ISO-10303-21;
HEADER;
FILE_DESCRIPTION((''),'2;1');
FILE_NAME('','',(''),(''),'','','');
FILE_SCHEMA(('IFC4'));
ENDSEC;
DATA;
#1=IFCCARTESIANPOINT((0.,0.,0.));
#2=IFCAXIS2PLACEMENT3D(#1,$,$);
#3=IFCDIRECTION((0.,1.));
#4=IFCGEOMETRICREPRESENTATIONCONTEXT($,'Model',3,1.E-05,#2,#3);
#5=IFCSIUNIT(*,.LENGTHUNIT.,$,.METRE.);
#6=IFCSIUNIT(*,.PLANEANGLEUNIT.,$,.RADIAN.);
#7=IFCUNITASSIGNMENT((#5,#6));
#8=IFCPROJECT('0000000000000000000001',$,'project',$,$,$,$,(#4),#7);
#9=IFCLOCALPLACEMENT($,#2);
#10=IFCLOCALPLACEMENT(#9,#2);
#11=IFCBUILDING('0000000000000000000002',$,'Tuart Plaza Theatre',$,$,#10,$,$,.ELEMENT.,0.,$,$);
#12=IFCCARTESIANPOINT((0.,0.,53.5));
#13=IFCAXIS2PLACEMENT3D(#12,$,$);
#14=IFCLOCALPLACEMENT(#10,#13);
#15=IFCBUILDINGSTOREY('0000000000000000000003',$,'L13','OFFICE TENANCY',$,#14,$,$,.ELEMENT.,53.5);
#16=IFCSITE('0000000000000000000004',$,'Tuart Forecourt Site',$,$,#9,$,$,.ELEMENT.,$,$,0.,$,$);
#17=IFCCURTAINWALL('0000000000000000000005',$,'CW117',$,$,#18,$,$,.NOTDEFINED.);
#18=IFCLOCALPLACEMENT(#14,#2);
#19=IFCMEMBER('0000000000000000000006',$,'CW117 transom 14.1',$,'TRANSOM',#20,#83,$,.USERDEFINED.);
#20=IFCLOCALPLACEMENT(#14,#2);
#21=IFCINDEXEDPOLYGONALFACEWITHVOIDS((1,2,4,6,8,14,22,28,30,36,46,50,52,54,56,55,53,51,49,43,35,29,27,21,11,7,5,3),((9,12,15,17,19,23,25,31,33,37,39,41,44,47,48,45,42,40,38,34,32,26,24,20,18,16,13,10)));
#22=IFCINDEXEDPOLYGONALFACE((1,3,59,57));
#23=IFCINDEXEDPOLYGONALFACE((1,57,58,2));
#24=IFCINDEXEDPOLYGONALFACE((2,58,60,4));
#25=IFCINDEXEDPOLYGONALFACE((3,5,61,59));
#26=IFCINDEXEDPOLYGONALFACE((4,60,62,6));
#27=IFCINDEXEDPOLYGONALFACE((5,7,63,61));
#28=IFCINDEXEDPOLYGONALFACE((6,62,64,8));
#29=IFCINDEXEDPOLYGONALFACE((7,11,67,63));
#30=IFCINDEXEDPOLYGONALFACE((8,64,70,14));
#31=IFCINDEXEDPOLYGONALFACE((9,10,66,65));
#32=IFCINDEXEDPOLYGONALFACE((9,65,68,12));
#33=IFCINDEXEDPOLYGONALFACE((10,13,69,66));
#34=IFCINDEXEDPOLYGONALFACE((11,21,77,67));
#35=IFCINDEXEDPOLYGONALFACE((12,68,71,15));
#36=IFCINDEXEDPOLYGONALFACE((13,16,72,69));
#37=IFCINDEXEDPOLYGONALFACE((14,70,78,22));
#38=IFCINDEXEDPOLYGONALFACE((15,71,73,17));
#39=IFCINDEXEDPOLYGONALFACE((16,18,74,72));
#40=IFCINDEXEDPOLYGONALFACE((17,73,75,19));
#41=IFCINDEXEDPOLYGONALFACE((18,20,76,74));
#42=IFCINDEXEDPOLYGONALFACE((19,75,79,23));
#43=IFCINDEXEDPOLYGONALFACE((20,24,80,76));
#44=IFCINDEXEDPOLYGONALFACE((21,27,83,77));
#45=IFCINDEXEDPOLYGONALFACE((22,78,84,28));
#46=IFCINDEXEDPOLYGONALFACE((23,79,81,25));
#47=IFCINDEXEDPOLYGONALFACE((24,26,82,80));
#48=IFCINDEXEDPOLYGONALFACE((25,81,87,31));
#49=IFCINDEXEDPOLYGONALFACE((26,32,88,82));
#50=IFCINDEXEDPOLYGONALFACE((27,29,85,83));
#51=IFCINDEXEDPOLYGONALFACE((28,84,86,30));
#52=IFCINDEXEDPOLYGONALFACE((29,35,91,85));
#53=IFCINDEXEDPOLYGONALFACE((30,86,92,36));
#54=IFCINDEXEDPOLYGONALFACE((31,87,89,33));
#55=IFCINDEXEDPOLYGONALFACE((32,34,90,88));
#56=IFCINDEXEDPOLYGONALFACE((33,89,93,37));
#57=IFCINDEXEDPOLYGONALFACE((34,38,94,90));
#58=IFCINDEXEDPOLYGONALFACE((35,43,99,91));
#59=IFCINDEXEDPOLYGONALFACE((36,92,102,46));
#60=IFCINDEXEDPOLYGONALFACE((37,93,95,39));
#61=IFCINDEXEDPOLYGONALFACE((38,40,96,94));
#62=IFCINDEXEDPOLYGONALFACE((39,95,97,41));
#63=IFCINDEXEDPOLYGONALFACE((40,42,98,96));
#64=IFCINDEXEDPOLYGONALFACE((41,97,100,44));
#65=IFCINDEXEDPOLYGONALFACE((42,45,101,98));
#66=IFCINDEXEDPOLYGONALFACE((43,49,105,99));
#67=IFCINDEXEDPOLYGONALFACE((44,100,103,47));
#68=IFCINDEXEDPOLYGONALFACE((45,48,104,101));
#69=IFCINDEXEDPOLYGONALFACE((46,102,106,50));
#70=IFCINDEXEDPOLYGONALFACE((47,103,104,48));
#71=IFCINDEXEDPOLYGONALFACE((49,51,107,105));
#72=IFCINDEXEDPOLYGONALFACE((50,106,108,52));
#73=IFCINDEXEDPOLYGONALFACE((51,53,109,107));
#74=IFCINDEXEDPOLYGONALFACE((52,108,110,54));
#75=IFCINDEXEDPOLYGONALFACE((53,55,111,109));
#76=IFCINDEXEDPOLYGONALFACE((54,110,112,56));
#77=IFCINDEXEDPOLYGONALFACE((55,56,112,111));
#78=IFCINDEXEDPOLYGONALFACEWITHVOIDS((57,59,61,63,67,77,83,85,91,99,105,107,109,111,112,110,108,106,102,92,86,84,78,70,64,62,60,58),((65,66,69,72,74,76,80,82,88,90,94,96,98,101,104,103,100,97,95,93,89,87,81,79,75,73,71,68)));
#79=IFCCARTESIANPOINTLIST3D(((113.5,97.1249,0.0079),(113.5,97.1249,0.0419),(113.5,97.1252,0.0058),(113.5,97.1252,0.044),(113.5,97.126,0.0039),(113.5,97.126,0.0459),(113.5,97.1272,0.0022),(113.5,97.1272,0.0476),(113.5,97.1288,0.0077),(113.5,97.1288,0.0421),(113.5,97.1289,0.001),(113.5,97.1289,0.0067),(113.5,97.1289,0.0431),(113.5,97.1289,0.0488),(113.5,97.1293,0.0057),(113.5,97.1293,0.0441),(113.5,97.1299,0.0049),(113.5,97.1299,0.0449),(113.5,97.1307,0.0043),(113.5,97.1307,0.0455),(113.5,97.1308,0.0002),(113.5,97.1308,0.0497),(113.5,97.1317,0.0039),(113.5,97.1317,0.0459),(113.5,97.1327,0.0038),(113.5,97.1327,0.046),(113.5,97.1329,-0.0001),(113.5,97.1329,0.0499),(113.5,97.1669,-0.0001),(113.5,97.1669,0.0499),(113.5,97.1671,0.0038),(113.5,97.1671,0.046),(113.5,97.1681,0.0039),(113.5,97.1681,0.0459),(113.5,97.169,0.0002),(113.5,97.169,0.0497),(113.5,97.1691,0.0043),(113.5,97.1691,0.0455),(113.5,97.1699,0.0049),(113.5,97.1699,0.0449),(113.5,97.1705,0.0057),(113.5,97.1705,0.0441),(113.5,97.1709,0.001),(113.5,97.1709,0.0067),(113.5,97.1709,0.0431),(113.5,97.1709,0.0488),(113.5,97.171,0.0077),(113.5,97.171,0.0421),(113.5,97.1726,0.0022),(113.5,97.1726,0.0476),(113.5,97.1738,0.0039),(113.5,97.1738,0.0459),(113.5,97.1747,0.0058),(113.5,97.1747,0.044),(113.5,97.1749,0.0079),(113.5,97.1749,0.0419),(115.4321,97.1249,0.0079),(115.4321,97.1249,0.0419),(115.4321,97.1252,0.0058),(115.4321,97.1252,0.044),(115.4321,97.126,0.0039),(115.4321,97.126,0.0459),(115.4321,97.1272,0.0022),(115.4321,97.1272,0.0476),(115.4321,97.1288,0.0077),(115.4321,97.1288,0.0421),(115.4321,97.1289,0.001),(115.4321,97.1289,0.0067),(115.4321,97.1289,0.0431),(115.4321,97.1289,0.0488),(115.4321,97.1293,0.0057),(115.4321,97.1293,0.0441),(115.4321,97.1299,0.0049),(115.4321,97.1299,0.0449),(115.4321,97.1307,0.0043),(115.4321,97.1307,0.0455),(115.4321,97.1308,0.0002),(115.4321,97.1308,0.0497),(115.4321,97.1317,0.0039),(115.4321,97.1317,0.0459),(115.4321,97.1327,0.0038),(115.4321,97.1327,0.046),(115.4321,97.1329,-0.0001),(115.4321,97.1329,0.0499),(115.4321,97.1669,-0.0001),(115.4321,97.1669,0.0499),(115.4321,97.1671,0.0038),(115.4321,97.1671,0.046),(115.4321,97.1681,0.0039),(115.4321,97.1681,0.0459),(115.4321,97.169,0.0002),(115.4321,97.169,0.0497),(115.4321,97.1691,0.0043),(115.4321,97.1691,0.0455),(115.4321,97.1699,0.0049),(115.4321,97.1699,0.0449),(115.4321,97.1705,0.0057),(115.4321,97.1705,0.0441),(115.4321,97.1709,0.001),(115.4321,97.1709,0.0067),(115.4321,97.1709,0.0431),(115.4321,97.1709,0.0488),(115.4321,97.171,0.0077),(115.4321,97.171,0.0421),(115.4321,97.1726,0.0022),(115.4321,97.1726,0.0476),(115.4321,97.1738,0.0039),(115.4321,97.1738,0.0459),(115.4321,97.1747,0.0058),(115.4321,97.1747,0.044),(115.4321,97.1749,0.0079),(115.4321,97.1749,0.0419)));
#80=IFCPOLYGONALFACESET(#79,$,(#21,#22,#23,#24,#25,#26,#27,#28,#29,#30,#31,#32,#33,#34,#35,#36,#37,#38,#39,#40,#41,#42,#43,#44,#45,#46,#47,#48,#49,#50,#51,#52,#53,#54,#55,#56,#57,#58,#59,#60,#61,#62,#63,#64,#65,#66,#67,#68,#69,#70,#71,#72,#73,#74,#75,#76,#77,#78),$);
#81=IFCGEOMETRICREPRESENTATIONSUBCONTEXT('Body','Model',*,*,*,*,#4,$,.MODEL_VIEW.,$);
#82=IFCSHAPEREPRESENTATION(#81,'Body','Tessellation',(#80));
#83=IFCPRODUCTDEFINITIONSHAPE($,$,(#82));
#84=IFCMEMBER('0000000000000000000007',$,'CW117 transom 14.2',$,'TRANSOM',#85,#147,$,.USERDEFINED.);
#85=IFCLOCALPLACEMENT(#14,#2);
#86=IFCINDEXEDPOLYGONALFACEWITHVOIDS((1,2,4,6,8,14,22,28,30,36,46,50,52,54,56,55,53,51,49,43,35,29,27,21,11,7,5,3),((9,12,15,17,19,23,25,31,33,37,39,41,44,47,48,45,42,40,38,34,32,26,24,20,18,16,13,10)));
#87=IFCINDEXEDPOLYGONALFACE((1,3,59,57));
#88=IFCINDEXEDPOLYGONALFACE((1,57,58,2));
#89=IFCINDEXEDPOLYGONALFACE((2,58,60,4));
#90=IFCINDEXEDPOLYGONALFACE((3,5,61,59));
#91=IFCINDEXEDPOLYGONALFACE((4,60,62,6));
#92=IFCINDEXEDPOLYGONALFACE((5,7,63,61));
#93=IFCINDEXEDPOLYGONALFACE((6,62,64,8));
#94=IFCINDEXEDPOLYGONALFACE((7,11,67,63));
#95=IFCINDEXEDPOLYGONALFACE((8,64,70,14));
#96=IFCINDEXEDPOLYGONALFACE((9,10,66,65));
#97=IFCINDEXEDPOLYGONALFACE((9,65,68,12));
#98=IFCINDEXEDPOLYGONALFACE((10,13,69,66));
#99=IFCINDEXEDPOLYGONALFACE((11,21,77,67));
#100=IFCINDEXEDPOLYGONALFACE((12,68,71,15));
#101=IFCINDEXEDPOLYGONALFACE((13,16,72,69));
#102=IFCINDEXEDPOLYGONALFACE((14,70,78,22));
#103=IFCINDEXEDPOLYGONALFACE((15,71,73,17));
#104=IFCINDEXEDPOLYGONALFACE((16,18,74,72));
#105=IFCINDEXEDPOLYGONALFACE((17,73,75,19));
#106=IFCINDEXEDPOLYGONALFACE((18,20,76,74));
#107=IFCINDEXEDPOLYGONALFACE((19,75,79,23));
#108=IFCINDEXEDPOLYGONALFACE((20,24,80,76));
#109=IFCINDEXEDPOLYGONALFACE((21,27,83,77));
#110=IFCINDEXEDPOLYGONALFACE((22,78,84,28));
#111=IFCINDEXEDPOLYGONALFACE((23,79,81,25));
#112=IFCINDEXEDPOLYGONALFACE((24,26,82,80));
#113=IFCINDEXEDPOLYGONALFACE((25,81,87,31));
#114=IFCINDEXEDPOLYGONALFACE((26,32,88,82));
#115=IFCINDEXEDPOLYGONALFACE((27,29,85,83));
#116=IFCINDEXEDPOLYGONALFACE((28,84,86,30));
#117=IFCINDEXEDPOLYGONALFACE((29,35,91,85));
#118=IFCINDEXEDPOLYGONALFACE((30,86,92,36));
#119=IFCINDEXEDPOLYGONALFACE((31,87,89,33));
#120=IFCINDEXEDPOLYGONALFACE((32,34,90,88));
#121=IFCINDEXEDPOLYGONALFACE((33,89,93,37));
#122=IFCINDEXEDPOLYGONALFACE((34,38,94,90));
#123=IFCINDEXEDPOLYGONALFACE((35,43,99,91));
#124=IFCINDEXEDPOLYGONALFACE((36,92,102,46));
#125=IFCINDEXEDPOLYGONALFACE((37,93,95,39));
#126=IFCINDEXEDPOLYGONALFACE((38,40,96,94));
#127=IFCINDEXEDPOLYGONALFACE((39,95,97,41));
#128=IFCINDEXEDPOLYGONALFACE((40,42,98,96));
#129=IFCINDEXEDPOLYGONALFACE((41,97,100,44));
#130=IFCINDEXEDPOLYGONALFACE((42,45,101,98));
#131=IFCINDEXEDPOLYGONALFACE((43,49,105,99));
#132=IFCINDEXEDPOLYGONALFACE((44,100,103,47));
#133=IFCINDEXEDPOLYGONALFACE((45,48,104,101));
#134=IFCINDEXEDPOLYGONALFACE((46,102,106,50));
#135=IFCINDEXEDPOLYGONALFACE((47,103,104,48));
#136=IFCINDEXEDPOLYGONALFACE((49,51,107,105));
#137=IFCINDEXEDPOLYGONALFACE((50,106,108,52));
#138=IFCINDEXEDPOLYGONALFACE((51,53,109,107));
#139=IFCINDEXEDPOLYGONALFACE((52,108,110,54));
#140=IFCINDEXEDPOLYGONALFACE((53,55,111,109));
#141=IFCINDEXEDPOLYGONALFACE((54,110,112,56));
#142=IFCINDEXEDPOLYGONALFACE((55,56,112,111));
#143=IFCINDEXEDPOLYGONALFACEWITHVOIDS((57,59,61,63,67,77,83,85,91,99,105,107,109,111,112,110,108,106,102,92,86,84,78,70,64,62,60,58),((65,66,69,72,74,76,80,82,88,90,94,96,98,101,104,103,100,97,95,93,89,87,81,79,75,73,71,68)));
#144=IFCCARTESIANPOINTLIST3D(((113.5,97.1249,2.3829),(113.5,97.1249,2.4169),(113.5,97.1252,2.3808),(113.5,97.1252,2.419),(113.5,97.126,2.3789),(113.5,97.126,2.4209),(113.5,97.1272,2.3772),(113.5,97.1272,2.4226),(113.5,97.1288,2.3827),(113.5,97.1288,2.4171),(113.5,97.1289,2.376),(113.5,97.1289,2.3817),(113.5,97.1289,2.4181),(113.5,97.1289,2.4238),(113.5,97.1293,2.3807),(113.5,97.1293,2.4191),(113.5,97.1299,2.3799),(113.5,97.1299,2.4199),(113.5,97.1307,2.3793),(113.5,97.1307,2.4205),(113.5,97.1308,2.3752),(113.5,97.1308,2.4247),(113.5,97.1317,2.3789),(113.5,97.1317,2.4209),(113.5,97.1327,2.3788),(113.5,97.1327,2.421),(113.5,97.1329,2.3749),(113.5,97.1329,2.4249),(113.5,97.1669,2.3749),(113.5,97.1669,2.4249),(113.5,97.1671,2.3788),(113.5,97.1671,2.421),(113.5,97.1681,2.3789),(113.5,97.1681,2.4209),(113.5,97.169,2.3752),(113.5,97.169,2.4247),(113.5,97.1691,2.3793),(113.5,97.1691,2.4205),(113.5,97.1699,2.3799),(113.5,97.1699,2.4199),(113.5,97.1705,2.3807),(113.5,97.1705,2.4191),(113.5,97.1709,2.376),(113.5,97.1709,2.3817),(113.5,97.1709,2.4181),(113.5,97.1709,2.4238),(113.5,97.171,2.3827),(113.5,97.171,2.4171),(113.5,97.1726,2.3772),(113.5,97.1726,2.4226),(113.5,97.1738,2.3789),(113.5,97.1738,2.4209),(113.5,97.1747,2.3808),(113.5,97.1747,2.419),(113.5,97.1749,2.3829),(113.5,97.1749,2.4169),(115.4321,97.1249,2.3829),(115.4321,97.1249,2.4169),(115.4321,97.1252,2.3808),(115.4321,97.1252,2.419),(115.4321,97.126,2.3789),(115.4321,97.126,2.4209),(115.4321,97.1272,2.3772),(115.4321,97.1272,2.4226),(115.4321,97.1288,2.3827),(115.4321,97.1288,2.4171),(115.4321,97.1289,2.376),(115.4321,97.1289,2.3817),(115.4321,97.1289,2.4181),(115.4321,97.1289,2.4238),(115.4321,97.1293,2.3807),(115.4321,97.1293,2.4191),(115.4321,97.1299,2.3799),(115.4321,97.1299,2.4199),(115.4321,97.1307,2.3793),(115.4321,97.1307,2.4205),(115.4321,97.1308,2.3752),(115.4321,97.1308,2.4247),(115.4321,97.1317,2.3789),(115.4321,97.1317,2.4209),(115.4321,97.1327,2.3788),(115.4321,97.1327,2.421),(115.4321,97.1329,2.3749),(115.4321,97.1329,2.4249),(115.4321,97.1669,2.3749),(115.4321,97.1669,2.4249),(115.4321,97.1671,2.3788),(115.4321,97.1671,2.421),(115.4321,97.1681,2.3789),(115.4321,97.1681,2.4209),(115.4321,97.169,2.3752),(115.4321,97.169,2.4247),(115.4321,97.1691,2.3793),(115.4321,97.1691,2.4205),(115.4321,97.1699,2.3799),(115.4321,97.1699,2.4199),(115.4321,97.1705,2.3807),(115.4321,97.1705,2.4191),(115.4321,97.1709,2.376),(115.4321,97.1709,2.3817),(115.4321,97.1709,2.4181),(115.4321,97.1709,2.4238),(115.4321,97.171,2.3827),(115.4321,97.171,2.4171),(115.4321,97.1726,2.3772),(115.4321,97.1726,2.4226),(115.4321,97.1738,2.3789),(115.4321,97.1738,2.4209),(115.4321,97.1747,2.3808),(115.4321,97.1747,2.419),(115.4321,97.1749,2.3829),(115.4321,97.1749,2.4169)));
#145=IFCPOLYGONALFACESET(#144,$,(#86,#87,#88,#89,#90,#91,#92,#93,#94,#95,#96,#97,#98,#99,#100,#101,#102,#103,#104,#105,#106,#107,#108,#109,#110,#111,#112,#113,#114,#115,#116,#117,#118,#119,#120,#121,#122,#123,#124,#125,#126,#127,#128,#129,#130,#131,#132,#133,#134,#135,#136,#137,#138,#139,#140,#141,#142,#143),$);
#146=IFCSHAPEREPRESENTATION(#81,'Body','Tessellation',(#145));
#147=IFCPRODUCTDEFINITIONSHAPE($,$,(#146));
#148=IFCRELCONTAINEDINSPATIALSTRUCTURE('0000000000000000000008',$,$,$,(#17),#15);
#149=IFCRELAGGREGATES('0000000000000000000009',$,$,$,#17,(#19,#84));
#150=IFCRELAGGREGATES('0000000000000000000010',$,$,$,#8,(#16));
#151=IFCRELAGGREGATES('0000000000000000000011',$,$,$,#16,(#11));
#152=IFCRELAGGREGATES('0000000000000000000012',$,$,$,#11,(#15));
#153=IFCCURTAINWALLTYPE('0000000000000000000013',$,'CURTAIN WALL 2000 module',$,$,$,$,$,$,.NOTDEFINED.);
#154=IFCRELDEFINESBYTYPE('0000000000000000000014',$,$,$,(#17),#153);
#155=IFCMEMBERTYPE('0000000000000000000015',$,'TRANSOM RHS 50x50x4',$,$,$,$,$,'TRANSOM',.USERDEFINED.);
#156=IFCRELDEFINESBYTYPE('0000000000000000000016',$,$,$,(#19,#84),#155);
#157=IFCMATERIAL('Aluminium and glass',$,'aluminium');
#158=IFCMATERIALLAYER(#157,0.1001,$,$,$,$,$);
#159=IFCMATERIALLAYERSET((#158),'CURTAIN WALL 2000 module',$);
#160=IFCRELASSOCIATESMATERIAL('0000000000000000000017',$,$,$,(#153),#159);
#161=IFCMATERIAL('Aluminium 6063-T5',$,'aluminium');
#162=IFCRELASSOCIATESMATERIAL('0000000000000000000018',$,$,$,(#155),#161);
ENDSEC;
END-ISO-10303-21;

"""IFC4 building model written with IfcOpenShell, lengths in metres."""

from ifc_helpers import new_model, si_unit, direction, frame, origin, origin_2d, place, context, subcontext, project, spatial, hollow_rectangle, extrude, material, layer, layer_set, material_profile, profile_set, type_object, element, aggregate, save


model = new_model("IFC4")

# Units and contexts
model_context = context("Model", 3, precision=1e-05, world=origin(), true_north=direction((0.0, 1.0)))
body_context = subcontext(model_context, "Body", "Model", "MODEL_VIEW")
ifc_project = project(units=[si_unit("LENGTHUNIT", "METRE"), si_unit("PLANEANGLEUNIT", "RADIAN")], contexts=[model_context])

# Site, building, storey
site_placement = place(None, origin())
site = spatial("IfcSite", under=ifc_project, at=site_placement, Name="Tuart Forecourt Site", CompositionType="ELEMENT", RefElevation=0.0)
building_placement = place(site_placement, origin())
building = spatial("IfcBuilding", under=site, at=building_placement, Name="Tuart Plaza Theatre", CompositionType="ELEMENT", ElevationOfRefHeight=0.0)
storey_placement = place(building_placement, frame((0.0, 0.0, 53.5)))
storey = spatial("IfcBuildingStorey", under=building, at=storey_placement, Name="L13", Description="OFFICE TENANCY", CompositionType="ELEMENT", Elevation=53.5)

# Curtain wall, members
ifc_material_1 = material(Name="Aluminium and glass", Category="aluminium")
ifc_layer_1 = layer(ifc_material_1, 0.1001)
ifc_layer_set_1 = layer_set([ifc_layer_1], Name="CURTAIN WALL 2000 module")
curtain_wall_type = type_object("IfcCurtainWallType", Name="CURTAIN WALL 2000 module", PredefinedType="NOTDEFINED", material=ifc_layer_set_1)
curtain_wall_placement = place(storey_placement, origin())
curtain_wall = element("IfcCurtainWall", 1, at=curtain_wall_placement, inside=storey, type_object=curtain_wall_type, Name="CW117", PredefinedType="NOTDEFINED")
ifc_material_2 = material(Name="Aluminium 6063-T5", Category="aluminium")
ifc_material_profile_1 = material_profile(ifc_material_2, hollow_rectangle(XDim=0.05, YDim=0.05, WallThickness=0.0039, InnerFilletRadius=0.0039, OuterFilletRadius=0.0081, at=origin_2d()), Name="RHS 50x50x4")
ifc_profile_set_1 = profile_set([ifc_material_profile_1], Name="Aluminium 6063-T5")
member_type_1 = type_object("IfcMemberType", Name="TRANSOM RHS 50x50x4", ElementType="TRANSOM", PredefinedType="USERDEFINED", material=ifc_profile_set_1)
member_1_placement = place(storey_placement, frame((115.4321, 97.1499, 0.0249), z_axis=(-1.0, 0.0, 0.0), x_axis=(0.0, -1.0, 0.0)))
member_1 = element("IfcMember", 2, at=member_1_placement, type_object=member_type_1, Name="CW117 transom 14.1", ObjectType="TRANSOM", PredefinedType="USERDEFINED", context=body_context, shape_type="SweptSolid", body=[
    extrude(hollow_rectangle(XDim=0.05, YDim=0.05, WallThickness=0.0039, InnerFilletRadius=0.0039, OuterFilletRadius=0.0081, at=origin_2d()), origin(), (0.0, 0.0, 1.0), 1.9321),
])
member_2_placement = place(storey_placement, frame((115.4321, 97.1499, 2.3999), z_axis=(-1.0, 0.0, 0.0), x_axis=(0.0, -1.0, 0.0)))
member_2 = element("IfcMember", 3, at=member_2_placement, type_object=member_type_1, Name="CW117 transom 14.2", ObjectType="TRANSOM", PredefinedType="USERDEFINED", context=body_context, shape_type="SweptSolid", body=[
    extrude(hollow_rectangle(XDim=0.05, YDim=0.05, WallThickness=0.0039, InnerFilletRadius=0.0039, OuterFilletRadius=0.0081, at=origin_2d()), origin(), (0.0, 0.0, 1.0), 1.9321),
])
aggregate(curtain_wall, [member_1, member_2])

save(model, "model.ifc")
